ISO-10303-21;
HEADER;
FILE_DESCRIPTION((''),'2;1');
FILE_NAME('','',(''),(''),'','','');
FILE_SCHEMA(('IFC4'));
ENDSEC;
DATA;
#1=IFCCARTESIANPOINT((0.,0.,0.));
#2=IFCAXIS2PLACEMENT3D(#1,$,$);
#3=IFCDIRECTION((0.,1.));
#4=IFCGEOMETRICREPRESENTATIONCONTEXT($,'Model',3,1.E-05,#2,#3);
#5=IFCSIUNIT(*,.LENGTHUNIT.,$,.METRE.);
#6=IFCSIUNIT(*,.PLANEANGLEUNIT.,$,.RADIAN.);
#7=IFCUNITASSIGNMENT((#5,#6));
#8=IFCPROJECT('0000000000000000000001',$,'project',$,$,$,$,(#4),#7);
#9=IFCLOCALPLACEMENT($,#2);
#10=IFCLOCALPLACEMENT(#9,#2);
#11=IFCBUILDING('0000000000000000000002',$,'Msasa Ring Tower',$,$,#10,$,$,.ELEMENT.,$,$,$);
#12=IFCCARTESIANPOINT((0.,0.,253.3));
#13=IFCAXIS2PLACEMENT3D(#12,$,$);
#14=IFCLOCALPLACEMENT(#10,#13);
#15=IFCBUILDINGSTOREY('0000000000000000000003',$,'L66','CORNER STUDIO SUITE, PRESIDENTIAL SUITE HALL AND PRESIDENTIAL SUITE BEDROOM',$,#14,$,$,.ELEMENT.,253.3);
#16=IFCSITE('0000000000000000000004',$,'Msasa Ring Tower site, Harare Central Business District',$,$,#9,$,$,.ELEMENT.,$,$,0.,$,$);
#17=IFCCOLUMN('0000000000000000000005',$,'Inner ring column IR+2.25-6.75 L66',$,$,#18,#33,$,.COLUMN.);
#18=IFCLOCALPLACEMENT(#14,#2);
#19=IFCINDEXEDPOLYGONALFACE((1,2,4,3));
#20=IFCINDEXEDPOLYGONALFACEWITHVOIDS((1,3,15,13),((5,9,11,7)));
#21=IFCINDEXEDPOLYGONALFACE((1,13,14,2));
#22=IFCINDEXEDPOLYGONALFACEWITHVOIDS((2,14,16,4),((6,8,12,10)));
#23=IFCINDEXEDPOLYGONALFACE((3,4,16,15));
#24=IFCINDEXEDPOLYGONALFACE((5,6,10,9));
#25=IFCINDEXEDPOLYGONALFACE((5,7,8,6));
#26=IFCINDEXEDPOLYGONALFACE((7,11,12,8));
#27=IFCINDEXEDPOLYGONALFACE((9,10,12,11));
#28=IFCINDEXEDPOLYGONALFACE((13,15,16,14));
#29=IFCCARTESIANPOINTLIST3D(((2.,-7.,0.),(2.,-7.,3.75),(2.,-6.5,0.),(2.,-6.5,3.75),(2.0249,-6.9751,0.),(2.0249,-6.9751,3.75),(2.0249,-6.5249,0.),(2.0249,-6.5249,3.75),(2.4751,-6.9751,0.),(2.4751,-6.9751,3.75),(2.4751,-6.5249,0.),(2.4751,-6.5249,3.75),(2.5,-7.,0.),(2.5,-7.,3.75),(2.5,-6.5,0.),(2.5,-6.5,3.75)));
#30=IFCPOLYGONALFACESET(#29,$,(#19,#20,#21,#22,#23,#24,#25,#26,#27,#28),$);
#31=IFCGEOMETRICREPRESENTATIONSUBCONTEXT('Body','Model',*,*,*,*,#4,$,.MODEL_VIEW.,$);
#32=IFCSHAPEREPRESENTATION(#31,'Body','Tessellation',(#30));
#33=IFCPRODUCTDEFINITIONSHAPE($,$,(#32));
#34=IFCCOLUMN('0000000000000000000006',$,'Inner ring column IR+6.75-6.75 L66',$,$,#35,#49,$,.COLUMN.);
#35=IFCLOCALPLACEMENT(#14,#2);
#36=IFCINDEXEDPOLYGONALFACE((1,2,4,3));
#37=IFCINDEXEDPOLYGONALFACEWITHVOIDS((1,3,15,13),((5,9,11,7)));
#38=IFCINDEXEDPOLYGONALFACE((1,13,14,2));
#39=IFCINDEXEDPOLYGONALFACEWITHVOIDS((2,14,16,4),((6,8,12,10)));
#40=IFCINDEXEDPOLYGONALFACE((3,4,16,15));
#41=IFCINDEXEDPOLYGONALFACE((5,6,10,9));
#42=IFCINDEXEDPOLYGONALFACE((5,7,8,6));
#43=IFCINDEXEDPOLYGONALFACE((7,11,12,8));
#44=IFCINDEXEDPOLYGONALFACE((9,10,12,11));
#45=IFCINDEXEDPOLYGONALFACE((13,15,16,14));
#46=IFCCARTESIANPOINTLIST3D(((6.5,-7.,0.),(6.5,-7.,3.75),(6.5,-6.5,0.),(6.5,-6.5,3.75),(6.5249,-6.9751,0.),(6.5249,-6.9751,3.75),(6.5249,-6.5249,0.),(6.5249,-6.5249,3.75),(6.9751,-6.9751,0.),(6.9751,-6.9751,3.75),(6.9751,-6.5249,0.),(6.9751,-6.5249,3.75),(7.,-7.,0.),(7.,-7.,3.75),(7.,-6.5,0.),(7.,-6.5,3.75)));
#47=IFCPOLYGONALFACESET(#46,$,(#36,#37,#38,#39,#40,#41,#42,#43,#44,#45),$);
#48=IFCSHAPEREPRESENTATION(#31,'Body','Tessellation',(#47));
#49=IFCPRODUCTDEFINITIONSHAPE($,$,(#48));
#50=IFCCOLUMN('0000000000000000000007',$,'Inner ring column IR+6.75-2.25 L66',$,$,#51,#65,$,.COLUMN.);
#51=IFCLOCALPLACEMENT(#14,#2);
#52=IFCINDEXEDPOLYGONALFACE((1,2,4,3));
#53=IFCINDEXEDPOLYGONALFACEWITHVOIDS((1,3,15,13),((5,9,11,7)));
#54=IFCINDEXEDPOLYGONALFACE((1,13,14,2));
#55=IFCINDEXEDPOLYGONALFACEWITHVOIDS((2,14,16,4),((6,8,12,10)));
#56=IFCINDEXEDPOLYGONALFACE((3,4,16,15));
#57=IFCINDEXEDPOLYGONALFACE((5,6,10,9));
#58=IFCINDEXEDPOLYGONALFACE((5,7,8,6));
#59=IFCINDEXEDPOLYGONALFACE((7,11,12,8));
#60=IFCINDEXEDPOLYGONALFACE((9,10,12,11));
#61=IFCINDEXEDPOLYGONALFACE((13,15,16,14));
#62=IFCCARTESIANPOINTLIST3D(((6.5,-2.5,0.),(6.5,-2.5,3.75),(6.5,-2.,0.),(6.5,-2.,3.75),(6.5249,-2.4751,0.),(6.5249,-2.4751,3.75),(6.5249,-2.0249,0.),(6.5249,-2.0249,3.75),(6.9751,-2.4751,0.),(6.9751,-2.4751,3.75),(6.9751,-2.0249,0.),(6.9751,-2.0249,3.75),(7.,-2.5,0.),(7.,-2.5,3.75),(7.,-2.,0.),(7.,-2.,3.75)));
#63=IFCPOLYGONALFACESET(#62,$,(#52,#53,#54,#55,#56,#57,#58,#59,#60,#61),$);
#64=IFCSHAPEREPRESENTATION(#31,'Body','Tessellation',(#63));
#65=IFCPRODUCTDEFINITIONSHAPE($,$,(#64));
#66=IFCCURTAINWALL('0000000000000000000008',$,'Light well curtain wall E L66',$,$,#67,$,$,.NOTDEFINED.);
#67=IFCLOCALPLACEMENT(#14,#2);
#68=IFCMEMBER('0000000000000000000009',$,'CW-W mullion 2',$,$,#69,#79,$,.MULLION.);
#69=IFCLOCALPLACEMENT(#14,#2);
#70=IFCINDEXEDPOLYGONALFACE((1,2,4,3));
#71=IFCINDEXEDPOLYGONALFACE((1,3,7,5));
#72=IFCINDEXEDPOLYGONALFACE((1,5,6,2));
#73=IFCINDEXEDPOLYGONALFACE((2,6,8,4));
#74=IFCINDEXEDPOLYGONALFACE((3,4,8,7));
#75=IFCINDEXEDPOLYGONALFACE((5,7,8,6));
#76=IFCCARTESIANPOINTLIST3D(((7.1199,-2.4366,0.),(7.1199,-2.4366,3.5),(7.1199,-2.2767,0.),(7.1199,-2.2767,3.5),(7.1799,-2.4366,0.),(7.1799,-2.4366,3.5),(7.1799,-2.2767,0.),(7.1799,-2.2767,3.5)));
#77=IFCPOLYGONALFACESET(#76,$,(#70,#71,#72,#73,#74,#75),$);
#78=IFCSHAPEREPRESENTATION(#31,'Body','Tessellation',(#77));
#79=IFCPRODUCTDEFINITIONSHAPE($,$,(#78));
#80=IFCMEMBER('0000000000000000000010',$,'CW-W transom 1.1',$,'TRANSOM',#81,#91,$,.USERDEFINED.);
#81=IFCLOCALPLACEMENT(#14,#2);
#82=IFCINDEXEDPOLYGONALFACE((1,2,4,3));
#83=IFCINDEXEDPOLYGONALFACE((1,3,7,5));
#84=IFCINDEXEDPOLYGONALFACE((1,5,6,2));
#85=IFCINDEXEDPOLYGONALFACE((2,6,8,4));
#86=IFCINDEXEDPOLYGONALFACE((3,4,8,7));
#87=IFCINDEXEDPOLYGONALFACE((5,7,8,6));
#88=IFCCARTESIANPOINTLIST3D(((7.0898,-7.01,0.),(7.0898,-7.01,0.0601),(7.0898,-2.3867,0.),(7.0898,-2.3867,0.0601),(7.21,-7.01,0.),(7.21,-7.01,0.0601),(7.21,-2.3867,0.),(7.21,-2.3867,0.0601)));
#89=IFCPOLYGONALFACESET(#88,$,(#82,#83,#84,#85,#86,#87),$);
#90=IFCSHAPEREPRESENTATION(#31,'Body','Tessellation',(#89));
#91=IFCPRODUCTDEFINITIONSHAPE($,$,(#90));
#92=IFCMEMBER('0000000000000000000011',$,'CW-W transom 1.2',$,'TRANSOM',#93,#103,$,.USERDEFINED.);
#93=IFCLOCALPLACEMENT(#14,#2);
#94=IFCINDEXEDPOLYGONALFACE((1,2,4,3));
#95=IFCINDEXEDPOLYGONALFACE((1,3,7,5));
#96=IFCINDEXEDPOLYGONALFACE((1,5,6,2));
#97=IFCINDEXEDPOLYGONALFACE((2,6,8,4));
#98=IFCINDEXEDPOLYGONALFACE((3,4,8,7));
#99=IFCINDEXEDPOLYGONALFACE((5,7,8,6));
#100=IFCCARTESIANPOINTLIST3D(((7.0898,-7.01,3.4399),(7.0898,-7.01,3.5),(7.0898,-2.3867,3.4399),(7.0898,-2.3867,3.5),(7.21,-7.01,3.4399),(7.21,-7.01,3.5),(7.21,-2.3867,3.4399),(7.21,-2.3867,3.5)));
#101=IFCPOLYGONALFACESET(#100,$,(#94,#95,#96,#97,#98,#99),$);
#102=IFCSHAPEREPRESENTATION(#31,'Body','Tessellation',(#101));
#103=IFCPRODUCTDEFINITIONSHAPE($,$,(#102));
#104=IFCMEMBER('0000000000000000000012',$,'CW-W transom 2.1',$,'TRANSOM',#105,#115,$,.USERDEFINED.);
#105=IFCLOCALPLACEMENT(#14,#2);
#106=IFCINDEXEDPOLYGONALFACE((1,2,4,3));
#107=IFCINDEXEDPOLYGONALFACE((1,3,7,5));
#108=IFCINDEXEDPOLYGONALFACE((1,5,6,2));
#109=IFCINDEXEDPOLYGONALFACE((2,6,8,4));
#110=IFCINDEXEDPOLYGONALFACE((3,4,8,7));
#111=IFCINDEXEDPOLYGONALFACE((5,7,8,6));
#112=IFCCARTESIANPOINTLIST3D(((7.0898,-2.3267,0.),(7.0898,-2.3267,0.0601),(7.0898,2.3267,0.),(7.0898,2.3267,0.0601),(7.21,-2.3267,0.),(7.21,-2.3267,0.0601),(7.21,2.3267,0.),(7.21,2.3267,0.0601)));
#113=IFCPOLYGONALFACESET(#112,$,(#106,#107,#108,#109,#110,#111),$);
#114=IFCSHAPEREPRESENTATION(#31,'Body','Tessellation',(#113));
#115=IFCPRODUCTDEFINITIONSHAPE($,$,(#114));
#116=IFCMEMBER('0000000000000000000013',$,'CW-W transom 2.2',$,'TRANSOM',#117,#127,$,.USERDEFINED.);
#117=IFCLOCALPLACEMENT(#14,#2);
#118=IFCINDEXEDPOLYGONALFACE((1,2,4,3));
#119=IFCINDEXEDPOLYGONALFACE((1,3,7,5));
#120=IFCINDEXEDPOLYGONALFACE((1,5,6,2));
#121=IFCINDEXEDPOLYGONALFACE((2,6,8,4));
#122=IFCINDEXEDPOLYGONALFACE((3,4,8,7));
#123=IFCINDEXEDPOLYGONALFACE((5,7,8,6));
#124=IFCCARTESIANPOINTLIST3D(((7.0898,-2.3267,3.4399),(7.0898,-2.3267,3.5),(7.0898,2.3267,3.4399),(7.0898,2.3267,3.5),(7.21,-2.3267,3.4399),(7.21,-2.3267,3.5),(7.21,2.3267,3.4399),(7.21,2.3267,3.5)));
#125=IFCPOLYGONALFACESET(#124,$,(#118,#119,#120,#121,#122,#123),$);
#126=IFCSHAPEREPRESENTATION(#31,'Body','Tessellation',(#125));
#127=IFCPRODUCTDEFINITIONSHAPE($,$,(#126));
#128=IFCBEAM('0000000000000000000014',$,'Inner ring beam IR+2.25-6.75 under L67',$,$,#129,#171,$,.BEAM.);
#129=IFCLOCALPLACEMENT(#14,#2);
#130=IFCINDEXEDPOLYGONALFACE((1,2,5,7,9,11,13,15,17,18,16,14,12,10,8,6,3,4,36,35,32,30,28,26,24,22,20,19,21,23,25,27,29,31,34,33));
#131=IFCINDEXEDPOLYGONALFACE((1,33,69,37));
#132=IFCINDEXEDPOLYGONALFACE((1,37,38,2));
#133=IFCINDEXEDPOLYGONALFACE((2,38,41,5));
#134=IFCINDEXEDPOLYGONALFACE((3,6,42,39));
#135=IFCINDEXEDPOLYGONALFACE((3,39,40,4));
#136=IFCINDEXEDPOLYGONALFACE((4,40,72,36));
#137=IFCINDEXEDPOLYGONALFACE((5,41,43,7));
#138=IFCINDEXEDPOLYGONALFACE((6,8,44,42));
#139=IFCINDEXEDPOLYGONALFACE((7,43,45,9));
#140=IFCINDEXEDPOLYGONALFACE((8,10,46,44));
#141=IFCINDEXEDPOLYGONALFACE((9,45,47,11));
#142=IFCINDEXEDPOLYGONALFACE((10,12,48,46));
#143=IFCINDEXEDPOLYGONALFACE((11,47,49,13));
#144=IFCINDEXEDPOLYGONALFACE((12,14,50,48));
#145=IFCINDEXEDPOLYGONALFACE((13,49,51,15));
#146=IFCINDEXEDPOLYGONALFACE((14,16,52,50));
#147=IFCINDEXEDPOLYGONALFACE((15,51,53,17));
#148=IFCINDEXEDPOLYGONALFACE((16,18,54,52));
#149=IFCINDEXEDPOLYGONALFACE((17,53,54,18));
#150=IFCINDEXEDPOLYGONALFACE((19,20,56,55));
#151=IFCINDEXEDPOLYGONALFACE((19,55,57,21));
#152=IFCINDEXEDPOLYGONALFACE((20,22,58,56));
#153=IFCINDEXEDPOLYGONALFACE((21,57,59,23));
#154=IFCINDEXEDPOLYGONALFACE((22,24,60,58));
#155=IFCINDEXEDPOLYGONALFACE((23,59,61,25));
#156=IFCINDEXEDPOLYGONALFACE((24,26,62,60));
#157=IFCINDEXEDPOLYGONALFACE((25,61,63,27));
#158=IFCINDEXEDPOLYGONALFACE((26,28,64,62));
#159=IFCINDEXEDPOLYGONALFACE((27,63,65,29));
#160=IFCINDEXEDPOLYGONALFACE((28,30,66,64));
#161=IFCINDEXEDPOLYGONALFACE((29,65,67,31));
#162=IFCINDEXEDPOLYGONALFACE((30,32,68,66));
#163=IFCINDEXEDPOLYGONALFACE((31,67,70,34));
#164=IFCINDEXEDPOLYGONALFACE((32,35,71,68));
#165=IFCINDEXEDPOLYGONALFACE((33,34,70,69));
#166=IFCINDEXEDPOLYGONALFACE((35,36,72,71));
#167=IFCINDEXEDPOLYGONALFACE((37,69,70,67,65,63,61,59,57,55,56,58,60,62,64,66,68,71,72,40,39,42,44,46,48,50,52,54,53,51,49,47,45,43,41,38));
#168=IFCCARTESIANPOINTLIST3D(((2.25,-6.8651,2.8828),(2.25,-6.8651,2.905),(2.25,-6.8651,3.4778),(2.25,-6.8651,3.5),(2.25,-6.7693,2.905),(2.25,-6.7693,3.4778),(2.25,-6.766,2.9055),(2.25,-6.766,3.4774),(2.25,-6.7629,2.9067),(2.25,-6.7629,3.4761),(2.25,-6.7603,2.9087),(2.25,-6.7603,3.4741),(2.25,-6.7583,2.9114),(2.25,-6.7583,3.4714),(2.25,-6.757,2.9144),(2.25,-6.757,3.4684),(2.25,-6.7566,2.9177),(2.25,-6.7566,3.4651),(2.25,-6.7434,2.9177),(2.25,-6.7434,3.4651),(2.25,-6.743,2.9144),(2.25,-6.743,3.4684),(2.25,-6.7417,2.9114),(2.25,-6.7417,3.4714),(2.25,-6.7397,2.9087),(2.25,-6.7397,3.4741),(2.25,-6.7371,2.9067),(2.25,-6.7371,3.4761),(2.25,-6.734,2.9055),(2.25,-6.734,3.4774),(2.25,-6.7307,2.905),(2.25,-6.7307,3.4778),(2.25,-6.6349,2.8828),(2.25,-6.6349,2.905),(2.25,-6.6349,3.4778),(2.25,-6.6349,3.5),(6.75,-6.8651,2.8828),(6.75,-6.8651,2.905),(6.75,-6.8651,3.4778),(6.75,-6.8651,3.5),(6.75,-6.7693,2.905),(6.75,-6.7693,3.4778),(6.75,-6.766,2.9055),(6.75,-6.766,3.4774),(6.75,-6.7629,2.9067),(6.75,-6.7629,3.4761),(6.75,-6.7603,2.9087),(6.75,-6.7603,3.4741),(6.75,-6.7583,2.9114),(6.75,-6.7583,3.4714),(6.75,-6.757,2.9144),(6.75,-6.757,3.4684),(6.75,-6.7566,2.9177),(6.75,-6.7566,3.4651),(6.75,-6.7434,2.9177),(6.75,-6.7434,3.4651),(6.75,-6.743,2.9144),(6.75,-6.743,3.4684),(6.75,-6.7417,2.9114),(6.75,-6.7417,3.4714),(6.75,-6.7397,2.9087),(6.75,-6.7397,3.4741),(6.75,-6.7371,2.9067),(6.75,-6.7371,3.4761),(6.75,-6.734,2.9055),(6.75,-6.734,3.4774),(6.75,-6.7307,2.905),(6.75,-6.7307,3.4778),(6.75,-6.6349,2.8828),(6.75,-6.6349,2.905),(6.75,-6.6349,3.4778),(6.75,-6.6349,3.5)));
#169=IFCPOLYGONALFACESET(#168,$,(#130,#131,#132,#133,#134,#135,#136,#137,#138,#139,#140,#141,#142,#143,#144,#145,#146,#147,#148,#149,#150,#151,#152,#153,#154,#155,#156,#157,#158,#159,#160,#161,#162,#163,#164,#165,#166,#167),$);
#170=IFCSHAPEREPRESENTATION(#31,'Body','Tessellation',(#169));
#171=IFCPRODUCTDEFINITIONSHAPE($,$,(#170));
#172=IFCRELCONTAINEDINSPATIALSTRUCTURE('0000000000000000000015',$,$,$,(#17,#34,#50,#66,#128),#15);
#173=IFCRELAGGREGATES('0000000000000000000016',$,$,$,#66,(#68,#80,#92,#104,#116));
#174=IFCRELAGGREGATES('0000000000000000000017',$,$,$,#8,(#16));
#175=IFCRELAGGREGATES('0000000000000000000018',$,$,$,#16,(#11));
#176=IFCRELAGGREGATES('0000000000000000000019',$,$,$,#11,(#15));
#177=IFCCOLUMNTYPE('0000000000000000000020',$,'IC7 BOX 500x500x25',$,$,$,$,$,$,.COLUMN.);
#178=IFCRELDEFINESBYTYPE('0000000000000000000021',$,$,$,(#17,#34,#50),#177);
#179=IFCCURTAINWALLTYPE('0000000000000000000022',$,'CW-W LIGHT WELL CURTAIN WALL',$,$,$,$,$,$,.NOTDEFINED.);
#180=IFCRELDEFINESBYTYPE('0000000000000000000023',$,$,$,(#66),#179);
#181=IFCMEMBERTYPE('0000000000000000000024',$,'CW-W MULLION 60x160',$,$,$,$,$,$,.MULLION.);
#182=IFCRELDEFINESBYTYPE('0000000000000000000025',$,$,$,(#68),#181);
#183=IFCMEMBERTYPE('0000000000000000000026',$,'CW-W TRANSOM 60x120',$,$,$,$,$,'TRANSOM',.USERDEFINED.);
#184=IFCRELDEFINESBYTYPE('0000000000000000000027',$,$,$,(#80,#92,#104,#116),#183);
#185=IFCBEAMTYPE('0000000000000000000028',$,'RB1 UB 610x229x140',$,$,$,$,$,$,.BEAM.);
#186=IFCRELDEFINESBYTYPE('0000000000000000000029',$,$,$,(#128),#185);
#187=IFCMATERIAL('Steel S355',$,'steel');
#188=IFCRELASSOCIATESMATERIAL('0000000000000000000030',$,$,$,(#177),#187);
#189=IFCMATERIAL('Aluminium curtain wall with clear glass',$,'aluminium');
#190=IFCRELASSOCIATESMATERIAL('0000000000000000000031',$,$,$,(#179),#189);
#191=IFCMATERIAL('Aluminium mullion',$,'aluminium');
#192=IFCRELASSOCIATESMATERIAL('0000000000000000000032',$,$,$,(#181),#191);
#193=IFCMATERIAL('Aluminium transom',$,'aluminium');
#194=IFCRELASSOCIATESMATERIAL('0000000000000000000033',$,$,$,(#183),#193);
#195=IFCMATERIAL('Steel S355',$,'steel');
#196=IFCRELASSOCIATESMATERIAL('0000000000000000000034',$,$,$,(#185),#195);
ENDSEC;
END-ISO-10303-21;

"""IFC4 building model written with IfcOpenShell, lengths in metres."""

from ifc_helpers import new_model, si_unit, direction, frame, origin, origin_2d, place, context, subcontext, project, spatial, rectangle, hollow_rectangle, i_section, extrude, material, material_profile, profile_set, type_object, element, aggregate, save


model = new_model("IFC4")

# Units and contexts
model_context = context("Model", 3, precision=1e-05, world=origin(), true_north=direction((0.0, 1.0)))
body_context = subcontext(model_context, "Body", "Model", "MODEL_VIEW")
ifc_project = project(units=[si_unit("LENGTHUNIT", "METRE"), si_unit("PLANEANGLEUNIT", "RADIAN")], contexts=[model_context])

# Site, building, storey
site_placement = place(None, origin())
site = spatial("IfcSite", under=ifc_project, at=site_placement, Name="Msasa Ring Tower site, Harare Central Business District", CompositionType="ELEMENT", RefElevation=0.0)
building_placement = place(site_placement, origin())
building = spatial("IfcBuilding", under=site, at=building_placement, Name="Msasa Ring Tower", CompositionType="ELEMENT")
storey_placement = place(building_placement, frame((0.0, 0.0, 253.3)))
storey = spatial("IfcBuildingStorey", under=building, at=storey_placement, Name="L66", Description="CORNER STUDIO SUITE, PRESIDENTIAL SUITE HALL AND PRESIDENTIAL SUITE BEDROOM", CompositionType="ELEMENT", Elevation=253.3)

# Columns
ifc_material_1 = material(Name="Steel S355", Category="steel")
ifc_material_profile_1 = material_profile(ifc_material_1, hollow_rectangle(XDim=0.5, YDim=0.5, WallThickness=0.0249, at=origin_2d()), Name="BOX 500x500x25")
ifc_profile_set_1 = profile_set([ifc_material_profile_1], Name="Steel S355")
column_type = type_object("IfcColumnType", Name="IC7 BOX 500x500x25", PredefinedType="COLUMN", material=ifc_profile_set_1)
for number, where, z_axis, x_axis, name in (
    (1, (2.25, -6.75, 0.0), (0.0, 0.0, 1.0), (1.0, 0.0, 0.0), "Inner ring column IR+2.25-6.75 L66"),
    (2, (6.75, -6.75, 0.0), (0.0, 0.0, 1.0), (1.0, 0.0, 0.0), "Inner ring column IR+6.75-6.75 L66"),
    (3, (6.75, -2.25, 0.0), (0.0, 0.0, 1.0), (1.0, 0.0, 0.0), "Inner ring column IR+6.75-2.25 L66"),
):
    element("IfcColumn", number, at=place(storey_placement, frame(where, z_axis=z_axis, x_axis=x_axis)), inside=storey, type_object=column_type, Name=name, PredefinedType="COLUMN", context=body_context, shape_type="SweptSolid", body=[
        extrude(hollow_rectangle(XDim=0.5, YDim=0.5, WallThickness=0.0249, at=origin_2d()), origin(), (0.0, 0.0, 1.0), 3.75),
    ])

# Curtain wall, members
ifc_material_2 = material(Name="Aluminium curtain wall with clear glass", Category="aluminium")
curtain_wall_type = type_object("IfcCurtainWallType", Name="CW-W LIGHT WELL CURTAIN WALL", PredefinedType="NOTDEFINED", material=ifc_material_2)
curtain_wall_placement = place(storey_placement, origin())
curtain_wall = element("IfcCurtainWall", 4, at=curtain_wall_placement, inside=storey, type_object=curtain_wall_type, Name="Light well curtain wall E L66", PredefinedType="NOTDEFINED")
ifc_material_3 = material(Name="Aluminium mullion", Category="aluminium")
ifc_material_profile_2 = material_profile(ifc_material_3, rectangle(XDim=0.0601, YDim=0.1599, at=origin_2d()), Name="AL 60x160")
ifc_profile_set_2 = profile_set([ifc_material_profile_2], Name="Aluminium mullion")
member_type_1 = type_object("IfcMemberType", Name="CW-W MULLION 60x160", PredefinedType="MULLION", material=ifc_profile_set_2)
member_1_placement = place(storey_placement, frame((7.1499, -2.3567, 0.0), z_axis=(0.0, 0.0, 1.0), x_axis=(-1.0, 0.0, 0.0)))
member_1 = element("IfcMember", 5, at=member_1_placement, type_object=member_type_1, Name="CW-W mullion 2", PredefinedType="MULLION", context=body_context, shape_type="SweptSolid", body=[
    extrude(rectangle(XDim=0.0601, YDim=0.1599, at=origin_2d()), origin(), (0.0, 0.0, 1.0), 3.5),
])
ifc_material_4 = material(Name="Aluminium transom", Category="aluminium")
ifc_material_profile_3 = material_profile(ifc_material_4, rectangle(XDim=0.1201, YDim=0.0601, at=origin_2d()), Name="AL 60x120")
ifc_profile_set_3 = profile_set([ifc_material_profile_3], Name="Aluminium transom")
member_type_2 = type_object("IfcMemberType", Name="CW-W TRANSOM 60x120", ElementType="TRANSOM", PredefinedType="USERDEFINED", material=ifc_profile_set_3)
member_2_placement = place(storey_placement, frame((7.1499, -7.01, 0.03), z_axis=(0.0, 1.0, 0.0), x_axis=(-1.0, 0.0, 0.0)))
member_2 = element("IfcMember", 6, at=member_2_placement, type_object=member_type_2, Name="CW-W transom 1.1", ObjectType="TRANSOM", PredefinedType="USERDEFINED", context=body_context, shape_type="SweptSolid", body=[
    extrude(rectangle(XDim=0.1201, YDim=0.0601, at=origin_2d()), origin(), (0.0, 0.0, 1.0), 4.6233),
])
member_3_placement = place(storey_placement, frame((7.1499, -7.01, 3.47), z_axis=(0.0, 1.0, 0.0), x_axis=(-1.0, 0.0, 0.0)))
member_3 = element("IfcMember", 7, at=member_3_placement, type_object=member_type_2, Name="CW-W transom 1.2", ObjectType="TRANSOM", PredefinedType="USERDEFINED", context=body_context, shape_type="SweptSolid", body=[
    extrude(rectangle(XDim=0.1201, YDim=0.0601, at=origin_2d()), origin(), (0.0, 0.0, 1.0), 4.6233),
])
member_4_placement = place(storey_placement, frame((7.1499, -2.3267, 0.03), z_axis=(0.0, 1.0, 0.0), x_axis=(-1.0, 0.0, 0.0)))
member_4 = element("IfcMember", 8, at=member_4_placement, type_object=member_type_2, Name="CW-W transom 2.1", ObjectType="TRANSOM", PredefinedType="USERDEFINED", context=body_context, shape_type="SweptSolid", body=[
    extrude(rectangle(XDim=0.1201, YDim=0.0601, at=origin_2d()), origin(), (0.0, 0.0, 1.0), 4.6533),
])
member_5_placement = place(storey_placement, frame((7.1499, -2.3267, 3.47), z_axis=(0.0, 1.0, 0.0), x_axis=(-1.0, 0.0, 0.0)))
member_5 = element("IfcMember", 9, at=member_5_placement, type_object=member_type_2, Name="CW-W transom 2.2", ObjectType="TRANSOM", PredefinedType="USERDEFINED", context=body_context, shape_type="SweptSolid", body=[
    extrude(rectangle(XDim=0.1201, YDim=0.0601, at=origin_2d()), origin(), (0.0, 0.0, 1.0), 4.6533),
])

# Beam
ifc_material_5 = material(Name="Steel S355", Category="steel")
ifc_material_profile_4 = material_profile(ifc_material_5, i_section(OverallWidth=0.2302, OverallDepth=0.6172, WebThickness=0.0132, FlangeThickness=0.0222, FilletRadius=0.0127, at=origin_2d()), Name="UB 610x229x140")
ifc_profile_set_4 = profile_set([ifc_material_profile_4], Name="Steel S355")
beam_type = type_object("IfcBeamType", Name="RB1 UB 610x229x140", PredefinedType="BEAM", material=ifc_profile_set_4)
for number, where, z_axis, x_axis, name in (
    (10, (2.25, -6.75, 3.1914), (1.0, 0.0, 0.0), (0.0, 1.0, 0.0), "Inner ring beam IR+2.25-6.75 under L67"),
):
    element("IfcBeam", number, at=place(storey_placement, frame(where, z_axis=z_axis, x_axis=x_axis)), inside=storey, type_object=beam_type, Name=name, PredefinedType="BEAM", context=body_context, shape_type="SweptSolid", body=[
        extrude(i_section(OverallWidth=0.2302, OverallDepth=0.6172, WebThickness=0.0132, FlangeThickness=0.0222, FilletRadius=0.0127, at=origin_2d()), origin(), (0.0, 0.0, 1.0), 4.5),
    ])

aggregate(curtain_wall, [member_1, member_2, member_3, member_4, member_5])

save(model, "model.ifc")
